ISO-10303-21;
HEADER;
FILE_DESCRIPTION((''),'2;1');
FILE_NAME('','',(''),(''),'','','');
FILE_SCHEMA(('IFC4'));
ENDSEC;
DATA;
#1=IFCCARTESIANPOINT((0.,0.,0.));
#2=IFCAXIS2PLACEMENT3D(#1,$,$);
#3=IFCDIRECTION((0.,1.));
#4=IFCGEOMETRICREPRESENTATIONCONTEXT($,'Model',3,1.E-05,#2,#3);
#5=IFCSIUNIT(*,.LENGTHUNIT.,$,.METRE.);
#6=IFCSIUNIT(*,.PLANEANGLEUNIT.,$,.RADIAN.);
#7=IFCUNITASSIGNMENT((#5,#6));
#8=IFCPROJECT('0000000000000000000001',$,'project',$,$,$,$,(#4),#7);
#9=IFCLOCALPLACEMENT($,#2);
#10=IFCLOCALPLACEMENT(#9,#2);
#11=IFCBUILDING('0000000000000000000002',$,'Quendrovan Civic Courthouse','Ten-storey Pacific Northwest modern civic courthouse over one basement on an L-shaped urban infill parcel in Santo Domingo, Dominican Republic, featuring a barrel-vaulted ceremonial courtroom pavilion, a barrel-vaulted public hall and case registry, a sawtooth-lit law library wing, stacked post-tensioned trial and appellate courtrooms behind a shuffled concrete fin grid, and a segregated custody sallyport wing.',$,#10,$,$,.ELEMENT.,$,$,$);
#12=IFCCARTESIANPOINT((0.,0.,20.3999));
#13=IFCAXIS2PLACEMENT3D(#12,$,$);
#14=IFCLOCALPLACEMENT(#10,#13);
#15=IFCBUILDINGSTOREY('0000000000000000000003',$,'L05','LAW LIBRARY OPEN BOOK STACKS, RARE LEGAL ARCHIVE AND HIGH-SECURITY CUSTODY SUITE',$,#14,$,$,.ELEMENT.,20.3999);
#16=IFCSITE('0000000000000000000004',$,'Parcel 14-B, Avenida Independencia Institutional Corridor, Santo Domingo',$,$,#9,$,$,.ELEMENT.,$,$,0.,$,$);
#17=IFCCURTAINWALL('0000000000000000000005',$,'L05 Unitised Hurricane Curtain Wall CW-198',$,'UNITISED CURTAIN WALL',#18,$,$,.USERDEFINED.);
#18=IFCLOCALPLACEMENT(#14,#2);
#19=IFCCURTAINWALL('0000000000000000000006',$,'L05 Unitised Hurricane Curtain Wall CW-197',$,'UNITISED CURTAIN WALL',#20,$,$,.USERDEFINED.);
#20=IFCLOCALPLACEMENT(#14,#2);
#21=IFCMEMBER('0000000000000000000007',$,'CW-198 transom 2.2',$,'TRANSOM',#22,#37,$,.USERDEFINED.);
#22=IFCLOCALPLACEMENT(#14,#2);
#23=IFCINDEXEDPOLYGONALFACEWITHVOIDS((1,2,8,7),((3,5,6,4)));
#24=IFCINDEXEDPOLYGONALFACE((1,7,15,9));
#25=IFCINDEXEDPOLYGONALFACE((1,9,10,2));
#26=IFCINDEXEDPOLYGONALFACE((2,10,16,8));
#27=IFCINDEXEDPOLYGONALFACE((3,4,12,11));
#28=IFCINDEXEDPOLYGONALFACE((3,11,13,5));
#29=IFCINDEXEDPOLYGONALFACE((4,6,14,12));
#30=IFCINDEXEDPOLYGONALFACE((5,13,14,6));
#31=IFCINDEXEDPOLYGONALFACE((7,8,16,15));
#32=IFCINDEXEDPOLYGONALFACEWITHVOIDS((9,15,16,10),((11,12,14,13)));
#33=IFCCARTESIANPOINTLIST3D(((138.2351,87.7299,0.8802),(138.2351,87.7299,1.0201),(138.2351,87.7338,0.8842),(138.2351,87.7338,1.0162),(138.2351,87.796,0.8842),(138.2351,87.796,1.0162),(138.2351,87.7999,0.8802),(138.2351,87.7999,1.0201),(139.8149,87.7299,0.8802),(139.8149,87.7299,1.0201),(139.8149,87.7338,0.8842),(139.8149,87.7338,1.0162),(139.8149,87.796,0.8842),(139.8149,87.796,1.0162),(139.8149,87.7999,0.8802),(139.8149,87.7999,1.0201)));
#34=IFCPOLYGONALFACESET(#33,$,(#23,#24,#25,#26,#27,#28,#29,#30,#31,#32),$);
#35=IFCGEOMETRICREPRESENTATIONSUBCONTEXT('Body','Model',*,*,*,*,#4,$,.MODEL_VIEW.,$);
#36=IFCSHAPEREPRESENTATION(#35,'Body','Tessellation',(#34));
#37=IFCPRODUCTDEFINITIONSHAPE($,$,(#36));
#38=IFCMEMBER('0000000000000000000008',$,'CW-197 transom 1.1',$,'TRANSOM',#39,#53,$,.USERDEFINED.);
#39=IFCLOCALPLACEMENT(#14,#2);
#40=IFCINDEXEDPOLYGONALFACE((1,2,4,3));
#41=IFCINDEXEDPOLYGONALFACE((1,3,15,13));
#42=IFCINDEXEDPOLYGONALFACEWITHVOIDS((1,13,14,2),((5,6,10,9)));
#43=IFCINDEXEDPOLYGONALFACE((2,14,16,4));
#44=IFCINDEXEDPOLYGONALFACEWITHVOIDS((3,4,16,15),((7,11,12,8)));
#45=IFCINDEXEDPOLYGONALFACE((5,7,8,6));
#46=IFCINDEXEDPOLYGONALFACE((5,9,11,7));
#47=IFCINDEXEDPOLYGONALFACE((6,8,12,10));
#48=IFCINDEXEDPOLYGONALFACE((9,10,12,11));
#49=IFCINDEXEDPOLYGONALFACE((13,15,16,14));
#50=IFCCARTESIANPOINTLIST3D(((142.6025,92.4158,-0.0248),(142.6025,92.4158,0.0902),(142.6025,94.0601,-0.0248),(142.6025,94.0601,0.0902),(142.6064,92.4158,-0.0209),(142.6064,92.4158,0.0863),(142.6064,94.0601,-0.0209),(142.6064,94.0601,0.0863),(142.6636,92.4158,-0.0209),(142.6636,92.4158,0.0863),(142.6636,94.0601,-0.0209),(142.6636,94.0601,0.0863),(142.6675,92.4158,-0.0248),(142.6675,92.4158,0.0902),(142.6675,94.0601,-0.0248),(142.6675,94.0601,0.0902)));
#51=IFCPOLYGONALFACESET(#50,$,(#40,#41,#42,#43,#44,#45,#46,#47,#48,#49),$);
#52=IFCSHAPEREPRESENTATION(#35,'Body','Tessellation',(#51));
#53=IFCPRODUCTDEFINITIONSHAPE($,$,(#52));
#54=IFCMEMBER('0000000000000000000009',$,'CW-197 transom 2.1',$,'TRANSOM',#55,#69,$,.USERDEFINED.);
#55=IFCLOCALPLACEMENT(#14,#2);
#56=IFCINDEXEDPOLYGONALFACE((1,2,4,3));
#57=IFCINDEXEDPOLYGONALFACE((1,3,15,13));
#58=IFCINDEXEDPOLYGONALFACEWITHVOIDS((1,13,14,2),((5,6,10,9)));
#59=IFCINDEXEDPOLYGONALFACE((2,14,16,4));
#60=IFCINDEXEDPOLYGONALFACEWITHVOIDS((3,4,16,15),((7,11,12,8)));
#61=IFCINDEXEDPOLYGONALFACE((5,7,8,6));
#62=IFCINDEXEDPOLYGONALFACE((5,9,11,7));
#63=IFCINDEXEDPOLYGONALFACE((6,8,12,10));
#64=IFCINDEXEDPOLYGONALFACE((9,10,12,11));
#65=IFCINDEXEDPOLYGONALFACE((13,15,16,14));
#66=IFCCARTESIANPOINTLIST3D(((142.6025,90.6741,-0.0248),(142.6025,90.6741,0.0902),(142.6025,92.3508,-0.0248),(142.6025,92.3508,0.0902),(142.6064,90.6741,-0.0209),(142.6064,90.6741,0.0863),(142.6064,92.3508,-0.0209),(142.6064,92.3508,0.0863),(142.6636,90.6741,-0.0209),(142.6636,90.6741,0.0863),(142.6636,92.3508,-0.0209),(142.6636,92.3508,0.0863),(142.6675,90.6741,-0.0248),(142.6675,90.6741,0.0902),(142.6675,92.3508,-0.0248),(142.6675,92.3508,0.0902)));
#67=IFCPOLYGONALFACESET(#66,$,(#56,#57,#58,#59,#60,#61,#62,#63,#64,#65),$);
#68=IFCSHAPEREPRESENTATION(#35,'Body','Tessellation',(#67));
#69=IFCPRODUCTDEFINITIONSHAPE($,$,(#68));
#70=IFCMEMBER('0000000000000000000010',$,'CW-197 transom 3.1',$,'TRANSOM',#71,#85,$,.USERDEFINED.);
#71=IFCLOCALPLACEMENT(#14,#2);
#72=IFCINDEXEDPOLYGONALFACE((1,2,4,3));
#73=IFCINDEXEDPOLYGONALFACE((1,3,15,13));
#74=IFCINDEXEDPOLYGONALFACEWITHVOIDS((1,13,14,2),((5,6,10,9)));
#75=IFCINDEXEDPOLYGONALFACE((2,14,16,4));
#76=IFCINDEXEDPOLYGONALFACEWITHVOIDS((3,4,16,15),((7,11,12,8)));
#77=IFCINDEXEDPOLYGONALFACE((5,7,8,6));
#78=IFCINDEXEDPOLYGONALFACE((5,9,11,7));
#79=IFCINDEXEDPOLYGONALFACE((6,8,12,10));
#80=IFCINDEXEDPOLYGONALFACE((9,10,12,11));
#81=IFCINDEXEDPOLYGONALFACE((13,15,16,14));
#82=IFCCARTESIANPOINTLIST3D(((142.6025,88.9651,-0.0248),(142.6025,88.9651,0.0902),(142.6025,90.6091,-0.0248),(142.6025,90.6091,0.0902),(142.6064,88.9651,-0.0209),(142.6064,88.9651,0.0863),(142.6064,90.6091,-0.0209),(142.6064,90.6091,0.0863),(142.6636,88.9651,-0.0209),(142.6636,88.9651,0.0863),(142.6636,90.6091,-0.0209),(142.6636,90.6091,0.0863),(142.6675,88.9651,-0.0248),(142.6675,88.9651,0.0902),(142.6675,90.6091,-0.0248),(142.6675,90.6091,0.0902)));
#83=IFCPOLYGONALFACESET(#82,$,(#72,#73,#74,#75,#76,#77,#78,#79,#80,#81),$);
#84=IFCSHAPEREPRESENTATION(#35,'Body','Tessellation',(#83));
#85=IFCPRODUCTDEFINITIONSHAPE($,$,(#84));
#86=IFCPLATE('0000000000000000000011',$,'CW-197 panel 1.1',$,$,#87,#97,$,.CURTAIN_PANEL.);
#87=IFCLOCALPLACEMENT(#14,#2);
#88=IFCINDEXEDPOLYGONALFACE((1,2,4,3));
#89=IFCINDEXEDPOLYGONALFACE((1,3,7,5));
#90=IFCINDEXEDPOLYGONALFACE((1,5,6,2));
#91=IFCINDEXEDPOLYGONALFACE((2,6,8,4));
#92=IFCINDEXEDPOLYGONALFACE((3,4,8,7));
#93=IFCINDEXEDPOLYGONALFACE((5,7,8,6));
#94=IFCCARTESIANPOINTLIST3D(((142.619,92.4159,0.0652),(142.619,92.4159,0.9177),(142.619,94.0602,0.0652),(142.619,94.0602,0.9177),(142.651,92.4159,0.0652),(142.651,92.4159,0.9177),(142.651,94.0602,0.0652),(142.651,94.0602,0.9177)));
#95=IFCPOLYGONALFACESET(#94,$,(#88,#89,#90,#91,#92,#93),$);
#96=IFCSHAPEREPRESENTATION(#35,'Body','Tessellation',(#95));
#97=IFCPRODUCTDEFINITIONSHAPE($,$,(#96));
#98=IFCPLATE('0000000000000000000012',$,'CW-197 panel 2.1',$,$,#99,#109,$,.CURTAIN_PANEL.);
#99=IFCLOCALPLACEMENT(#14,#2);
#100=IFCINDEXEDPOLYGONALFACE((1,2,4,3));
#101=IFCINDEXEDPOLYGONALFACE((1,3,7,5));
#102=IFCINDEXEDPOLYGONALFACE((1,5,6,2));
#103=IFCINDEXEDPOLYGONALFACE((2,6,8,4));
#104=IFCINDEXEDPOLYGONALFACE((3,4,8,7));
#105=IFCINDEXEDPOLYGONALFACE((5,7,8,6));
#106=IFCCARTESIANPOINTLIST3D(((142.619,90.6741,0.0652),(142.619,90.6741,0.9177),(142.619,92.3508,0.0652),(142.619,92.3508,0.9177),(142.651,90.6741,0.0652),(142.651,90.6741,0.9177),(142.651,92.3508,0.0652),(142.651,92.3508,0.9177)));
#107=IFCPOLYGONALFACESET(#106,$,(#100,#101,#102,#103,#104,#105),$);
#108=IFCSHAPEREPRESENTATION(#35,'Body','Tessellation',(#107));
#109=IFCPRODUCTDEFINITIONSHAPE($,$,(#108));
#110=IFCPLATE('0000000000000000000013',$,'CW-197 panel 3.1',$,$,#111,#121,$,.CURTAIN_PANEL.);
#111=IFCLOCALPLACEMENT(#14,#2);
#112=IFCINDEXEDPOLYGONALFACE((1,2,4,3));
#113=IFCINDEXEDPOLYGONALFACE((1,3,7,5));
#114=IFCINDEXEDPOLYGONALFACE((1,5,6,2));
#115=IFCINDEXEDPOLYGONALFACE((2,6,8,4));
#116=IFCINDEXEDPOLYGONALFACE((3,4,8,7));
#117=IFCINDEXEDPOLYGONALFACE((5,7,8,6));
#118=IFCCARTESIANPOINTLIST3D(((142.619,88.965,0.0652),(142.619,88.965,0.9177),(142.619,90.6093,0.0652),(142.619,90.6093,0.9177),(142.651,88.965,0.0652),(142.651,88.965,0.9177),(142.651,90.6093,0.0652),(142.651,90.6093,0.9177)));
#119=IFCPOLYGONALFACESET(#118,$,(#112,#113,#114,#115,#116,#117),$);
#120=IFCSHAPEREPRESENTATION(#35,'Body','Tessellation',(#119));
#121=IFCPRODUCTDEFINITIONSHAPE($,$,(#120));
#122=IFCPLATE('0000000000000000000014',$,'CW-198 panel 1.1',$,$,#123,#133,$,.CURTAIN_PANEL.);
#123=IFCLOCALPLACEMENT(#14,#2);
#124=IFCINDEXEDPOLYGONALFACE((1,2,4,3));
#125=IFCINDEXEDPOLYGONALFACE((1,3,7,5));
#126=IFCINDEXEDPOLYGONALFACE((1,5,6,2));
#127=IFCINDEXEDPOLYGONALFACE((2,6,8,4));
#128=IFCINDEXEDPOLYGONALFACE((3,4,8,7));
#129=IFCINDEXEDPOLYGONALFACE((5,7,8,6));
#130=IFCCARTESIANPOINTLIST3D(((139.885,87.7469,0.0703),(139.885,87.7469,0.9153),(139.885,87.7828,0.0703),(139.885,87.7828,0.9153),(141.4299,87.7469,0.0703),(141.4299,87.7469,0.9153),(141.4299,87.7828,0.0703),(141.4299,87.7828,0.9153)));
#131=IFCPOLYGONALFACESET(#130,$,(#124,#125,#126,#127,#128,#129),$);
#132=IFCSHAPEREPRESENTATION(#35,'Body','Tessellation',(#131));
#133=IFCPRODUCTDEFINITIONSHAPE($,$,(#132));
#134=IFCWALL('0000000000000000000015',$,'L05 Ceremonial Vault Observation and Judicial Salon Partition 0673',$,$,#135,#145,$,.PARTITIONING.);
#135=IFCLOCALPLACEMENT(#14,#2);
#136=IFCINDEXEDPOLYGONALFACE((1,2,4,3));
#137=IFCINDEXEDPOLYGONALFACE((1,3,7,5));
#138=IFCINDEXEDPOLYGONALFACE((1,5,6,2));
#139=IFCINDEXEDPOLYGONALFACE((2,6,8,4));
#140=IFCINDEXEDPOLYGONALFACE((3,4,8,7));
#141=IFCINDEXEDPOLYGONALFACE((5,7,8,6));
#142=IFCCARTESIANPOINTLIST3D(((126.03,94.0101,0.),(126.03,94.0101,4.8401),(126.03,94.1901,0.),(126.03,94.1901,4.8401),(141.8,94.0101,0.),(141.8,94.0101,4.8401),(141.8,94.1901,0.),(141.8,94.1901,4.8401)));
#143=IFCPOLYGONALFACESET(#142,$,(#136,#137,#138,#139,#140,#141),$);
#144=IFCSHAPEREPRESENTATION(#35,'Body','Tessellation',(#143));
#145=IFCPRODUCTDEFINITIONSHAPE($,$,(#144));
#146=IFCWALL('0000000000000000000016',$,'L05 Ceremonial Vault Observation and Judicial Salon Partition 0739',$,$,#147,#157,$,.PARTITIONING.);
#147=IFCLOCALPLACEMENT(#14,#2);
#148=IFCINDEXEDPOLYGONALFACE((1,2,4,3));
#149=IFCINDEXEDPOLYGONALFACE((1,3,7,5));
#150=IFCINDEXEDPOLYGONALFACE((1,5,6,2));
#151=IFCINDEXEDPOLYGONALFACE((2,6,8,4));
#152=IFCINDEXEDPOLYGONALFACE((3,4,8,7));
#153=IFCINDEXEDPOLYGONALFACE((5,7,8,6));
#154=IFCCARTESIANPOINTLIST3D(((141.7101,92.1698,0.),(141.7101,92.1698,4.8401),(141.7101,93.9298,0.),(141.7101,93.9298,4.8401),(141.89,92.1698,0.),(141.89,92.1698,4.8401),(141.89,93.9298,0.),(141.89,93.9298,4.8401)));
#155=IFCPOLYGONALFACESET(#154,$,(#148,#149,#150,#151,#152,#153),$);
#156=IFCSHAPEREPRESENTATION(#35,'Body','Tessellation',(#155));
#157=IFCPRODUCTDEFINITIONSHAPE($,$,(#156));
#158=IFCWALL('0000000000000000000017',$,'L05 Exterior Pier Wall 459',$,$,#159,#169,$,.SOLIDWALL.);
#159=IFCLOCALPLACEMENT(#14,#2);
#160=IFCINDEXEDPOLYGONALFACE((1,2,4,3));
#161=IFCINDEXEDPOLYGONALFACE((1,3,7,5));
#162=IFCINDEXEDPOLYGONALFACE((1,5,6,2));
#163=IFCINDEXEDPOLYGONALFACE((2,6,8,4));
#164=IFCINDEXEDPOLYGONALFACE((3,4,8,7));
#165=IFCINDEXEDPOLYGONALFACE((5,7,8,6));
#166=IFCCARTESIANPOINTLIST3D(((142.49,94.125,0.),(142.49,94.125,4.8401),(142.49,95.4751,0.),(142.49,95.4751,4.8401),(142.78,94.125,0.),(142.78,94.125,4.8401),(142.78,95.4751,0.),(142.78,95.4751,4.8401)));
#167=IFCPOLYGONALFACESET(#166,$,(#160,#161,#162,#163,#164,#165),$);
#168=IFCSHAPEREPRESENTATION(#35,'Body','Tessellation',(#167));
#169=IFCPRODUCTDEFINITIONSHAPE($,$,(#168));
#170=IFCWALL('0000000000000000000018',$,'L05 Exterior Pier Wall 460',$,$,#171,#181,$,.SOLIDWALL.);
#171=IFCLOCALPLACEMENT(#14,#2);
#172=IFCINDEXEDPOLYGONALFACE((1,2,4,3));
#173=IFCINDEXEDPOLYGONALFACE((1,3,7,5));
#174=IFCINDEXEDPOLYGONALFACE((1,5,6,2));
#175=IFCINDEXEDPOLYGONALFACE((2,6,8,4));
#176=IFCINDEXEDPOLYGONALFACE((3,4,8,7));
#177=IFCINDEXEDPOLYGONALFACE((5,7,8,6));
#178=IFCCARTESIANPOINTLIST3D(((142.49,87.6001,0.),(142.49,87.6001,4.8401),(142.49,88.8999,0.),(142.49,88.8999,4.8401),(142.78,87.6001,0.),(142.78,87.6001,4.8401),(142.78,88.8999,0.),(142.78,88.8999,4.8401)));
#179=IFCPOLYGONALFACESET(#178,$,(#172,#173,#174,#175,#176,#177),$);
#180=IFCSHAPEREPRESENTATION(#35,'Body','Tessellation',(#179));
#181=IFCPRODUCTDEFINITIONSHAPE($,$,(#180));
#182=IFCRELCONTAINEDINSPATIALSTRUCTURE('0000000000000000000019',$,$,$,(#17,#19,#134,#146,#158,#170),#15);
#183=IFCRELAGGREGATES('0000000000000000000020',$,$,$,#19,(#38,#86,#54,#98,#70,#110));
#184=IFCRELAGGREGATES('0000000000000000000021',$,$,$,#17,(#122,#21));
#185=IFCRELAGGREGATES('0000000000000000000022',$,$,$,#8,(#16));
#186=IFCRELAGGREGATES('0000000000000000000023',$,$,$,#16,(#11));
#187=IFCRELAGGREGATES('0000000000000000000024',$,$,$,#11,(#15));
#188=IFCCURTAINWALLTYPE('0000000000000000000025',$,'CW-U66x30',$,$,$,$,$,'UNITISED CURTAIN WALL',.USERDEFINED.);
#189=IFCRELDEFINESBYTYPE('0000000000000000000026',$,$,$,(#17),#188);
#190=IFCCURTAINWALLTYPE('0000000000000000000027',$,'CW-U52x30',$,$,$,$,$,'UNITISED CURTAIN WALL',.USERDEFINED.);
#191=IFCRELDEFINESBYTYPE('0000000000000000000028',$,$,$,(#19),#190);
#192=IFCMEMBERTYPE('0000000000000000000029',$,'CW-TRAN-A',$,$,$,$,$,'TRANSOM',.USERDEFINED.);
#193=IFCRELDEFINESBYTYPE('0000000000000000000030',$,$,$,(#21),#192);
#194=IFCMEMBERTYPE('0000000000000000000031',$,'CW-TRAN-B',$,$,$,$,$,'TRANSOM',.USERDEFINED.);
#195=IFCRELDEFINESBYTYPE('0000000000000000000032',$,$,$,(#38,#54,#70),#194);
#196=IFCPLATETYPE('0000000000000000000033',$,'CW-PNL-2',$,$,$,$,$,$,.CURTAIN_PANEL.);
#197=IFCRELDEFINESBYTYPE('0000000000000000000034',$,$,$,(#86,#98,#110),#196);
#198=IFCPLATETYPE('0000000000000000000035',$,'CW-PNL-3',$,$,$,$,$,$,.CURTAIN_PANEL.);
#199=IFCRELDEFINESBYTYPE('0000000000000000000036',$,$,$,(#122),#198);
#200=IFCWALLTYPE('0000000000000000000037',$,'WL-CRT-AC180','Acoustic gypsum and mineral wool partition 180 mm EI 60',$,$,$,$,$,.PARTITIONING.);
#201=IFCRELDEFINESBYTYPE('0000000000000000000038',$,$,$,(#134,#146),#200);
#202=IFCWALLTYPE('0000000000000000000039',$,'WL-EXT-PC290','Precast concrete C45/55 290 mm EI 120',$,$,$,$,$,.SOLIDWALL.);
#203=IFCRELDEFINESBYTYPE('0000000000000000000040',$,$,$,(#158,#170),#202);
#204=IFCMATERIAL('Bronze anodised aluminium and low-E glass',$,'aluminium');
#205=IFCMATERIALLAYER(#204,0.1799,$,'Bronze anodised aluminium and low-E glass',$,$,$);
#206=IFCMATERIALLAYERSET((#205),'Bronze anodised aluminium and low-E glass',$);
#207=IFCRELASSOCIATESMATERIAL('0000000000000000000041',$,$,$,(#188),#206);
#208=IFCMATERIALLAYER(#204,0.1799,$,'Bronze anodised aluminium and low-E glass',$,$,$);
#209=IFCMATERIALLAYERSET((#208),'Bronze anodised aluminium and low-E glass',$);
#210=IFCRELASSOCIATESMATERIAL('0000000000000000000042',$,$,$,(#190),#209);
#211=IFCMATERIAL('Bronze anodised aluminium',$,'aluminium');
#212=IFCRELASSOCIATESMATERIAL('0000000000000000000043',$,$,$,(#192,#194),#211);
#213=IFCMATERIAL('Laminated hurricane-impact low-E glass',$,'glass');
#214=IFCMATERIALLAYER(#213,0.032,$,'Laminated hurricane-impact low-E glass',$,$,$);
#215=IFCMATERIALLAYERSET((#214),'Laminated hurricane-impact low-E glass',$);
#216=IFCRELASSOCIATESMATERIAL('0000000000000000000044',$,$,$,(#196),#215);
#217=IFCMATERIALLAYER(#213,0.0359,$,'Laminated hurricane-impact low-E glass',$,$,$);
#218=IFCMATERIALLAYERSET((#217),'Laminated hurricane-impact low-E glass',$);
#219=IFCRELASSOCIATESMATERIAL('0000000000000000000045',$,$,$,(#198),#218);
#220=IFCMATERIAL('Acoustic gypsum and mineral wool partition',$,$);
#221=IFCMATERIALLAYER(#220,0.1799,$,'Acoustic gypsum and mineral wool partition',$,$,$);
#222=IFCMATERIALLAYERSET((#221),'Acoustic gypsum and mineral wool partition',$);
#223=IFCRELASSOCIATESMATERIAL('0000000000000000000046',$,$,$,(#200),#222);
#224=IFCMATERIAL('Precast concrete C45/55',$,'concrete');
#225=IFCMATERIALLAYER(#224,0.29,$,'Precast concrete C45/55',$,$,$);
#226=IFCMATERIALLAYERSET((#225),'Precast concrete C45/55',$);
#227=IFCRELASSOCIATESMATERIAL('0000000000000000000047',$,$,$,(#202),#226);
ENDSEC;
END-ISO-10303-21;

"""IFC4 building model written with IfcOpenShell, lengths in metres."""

from ifc_helpers import new_model, si_unit, direction, frame, frame_2d, origin, origin_2d, place, context, subcontext, project, spatial, rectangle, hollow_rectangle, extrude, material, layer, layer_set, material_profile, profile_set, type_object, element, aggregate, save


model = new_model("IFC4")

# Units and contexts
model_context = context("Model", 3, precision=1e-05, world=origin(), true_north=direction((0.0, 1.0)))
body_context = subcontext(model_context, "Body", "Model", "MODEL_VIEW")
ifc_project = project(units=[si_unit("LENGTHUNIT", "METRE"), si_unit("PLANEANGLEUNIT", "RADIAN")], contexts=[model_context])

# Site, building, storey
site_placement = place(None, origin())
site = spatial("IfcSite", under=ifc_project, at=site_placement, Name="Parcel 14-B, Avenida Independencia Institutional Corridor, Santo Domingo", CompositionType="ELEMENT", RefElevation=0.0)
building_placement = place(site_placement, origin())
building = spatial("IfcBuilding", under=site, at=building_placement, Name="Quendrovan Civic Courthouse", Description="Ten-storey Pacific Northwest modern civic courthouse over one basement on an L-shaped urban infill parcel in Santo Domingo, Dominican Republic, featuring a barrel-vaulted ceremonial courtroom pavilion, a barrel-vaulted public hall and case registry, a sawtooth-lit law library wing, stacked post-tensioned trial and appellate courtrooms behind a shuffled concrete fin grid, and a segregated custody sallyport wing.", CompositionType="ELEMENT")
storey_placement = place(building_placement, frame((0.0, 0.0, 20.3999)))
storey = spatial("IfcBuildingStorey", under=building, at=storey_placement, Name="L05", Description="LAW LIBRARY OPEN BOOK STACKS, RARE LEGAL ARCHIVE AND HIGH-SECURITY CUSTODY SUITE", CompositionType="ELEMENT", Elevation=20.3999)

# Shared definitions
ifc_material_1 = material(Name="Bronze anodised aluminium and low-E glass", Category="aluminium")
ifc_material_2 = material(Name="Bronze anodised aluminium", Category="aluminium")

# Curtain walls
ifc_layer_1 = layer(ifc_material_1, 0.1799, Name="Bronze anodised aluminium and low-E glass")
ifc_layer_set_1 = layer_set([ifc_layer_1], Name="Bronze anodised aluminium and low-E glass")
curtain_wall_type_1 = type_object("IfcCurtainWallType", Name="CW-U66x30", ElementType="UNITISED CURTAIN WALL", PredefinedType="USERDEFINED", material=ifc_layer_set_1)
curtain_wall_1_placement = place(storey_placement, origin())
curtain_wall_1 = element("IfcCurtainWall", 1, at=curtain_wall_1_placement, inside=storey, type_object=curtain_wall_type_1, Name="L05 Unitised Hurricane Curtain Wall CW-198", ObjectType="UNITISED CURTAIN WALL", PredefinedType="USERDEFINED")
ifc_layer_2 = layer(ifc_material_1, 0.1799, Name="Bronze anodised aluminium and low-E glass")
ifc_layer_set_2 = layer_set([ifc_layer_2], Name="Bronze anodised aluminium and low-E glass")
curtain_wall_type_2 = type_object("IfcCurtainWallType", Name="CW-U52x30", ElementType="UNITISED CURTAIN WALL", PredefinedType="USERDEFINED", material=ifc_layer_set_2)
curtain_wall_2_placement = place(storey_placement, origin())
curtain_wall_2 = element("IfcCurtainWall", 2, at=curtain_wall_2_placement, inside=storey, type_object=curtain_wall_type_2, Name="L05 Unitised Hurricane Curtain Wall CW-197", ObjectType="UNITISED CURTAIN WALL", PredefinedType="USERDEFINED")

# Members
ifc_material_profile_1 = material_profile(ifc_material_2, hollow_rectangle(XDim=0.0701, YDim=0.1399, WallThickness=0.0039, at=origin_2d()), Name="CW-TRAN-70x140")
ifc_profile_set_1 = profile_set([ifc_material_profile_1], Name="Bronze anodised aluminium")
member_type_1 = type_object("IfcMemberType", Name="CW-TRAN-A", ElementType="TRANSOM", PredefinedType="USERDEFINED", material=ifc_profile_set_1)
member_1_placement = place(storey_placement, frame((139.8149, 87.7649, 0.9502), z_axis=(-1.0, 0.0, 0.0), x_axis=(0.0, -1.0, 0.0)))
member_1 = element("IfcMember", 3, at=member_1_placement, type_object=member_type_1, Name="CW-198 transom 2.2", ObjectType="TRANSOM", PredefinedType="USERDEFINED", context=body_context, shape_type="SweptSolid", body=[
    extrude(hollow_rectangle(XDim=0.0701, YDim=0.1399, WallThickness=0.0039, at=origin_2d()), origin(), (0.0, 0.0, 1.0), 1.5798),
])
ifc_material_profile_2 = material_profile(ifc_material_2, hollow_rectangle(XDim=0.0649, YDim=0.115, WallThickness=0.0039, at=origin_2d()), Name="CW-TRAN-65x115")
ifc_profile_set_2 = profile_set([ifc_material_profile_2], Name="Bronze anodised aluminium")
member_type_2 = type_object("IfcMemberType", Name="CW-TRAN-B", ElementType="TRANSOM", PredefinedType="USERDEFINED", material=ifc_profile_set_2)
member_2_placement = place(storey_placement, frame((142.635, 94.0601, 0.0327), z_axis=(0.0, -1.0, 0.0), x_axis=(1.0, 0.0, 0.0)))
member_2 = element("IfcMember", 4, at=member_2_placement, type_object=member_type_2, Name="CW-197 transom 1.1", ObjectType="TRANSOM", PredefinedType="USERDEFINED", context=body_context, shape_type="SweptSolid", body=[
    extrude(hollow_rectangle(XDim=0.0649, YDim=0.115, WallThickness=0.0039, at=origin_2d()), origin(), (0.0, 0.0, 1.0), 1.6443),
])
member_3_placement = place(storey_placement, frame((142.635, 92.3508, 0.0327), z_axis=(0.0, -1.0, 0.0), x_axis=(1.0, 0.0, 0.0)))
member_3 = element("IfcMember", 5, at=member_3_placement, type_object=member_type_2, Name="CW-197 transom 2.1", ObjectType="TRANSOM", PredefinedType="USERDEFINED", context=body_context, shape_type="SweptSolid", body=[
    extrude(hollow_rectangle(XDim=0.0649, YDim=0.115, WallThickness=0.0039, at=origin_2d()), origin(), (0.0, 0.0, 1.0), 1.6768),
])
member_4_placement = place(storey_placement, frame((142.635, 90.6091, 0.0327), z_axis=(0.0, -1.0, 0.0), x_axis=(1.0, 0.0, 0.0)))
member_4 = element("IfcMember", 6, at=member_4_placement, type_object=member_type_2, Name="CW-197 transom 3.1", ObjectType="TRANSOM", PredefinedType="USERDEFINED", context=body_context, shape_type="SweptSolid", body=[
    extrude(hollow_rectangle(XDim=0.0649, YDim=0.115, WallThickness=0.0039, at=origin_2d()), origin(), (0.0, 0.0, 1.0), 1.644),
])

# Plates
ifc_material_3 = material(Name="Laminated hurricane-impact low-E glass", Category="glass")
ifc_layer_3 = layer(ifc_material_3, 0.032, Name="Laminated hurricane-impact low-E glass")
ifc_layer_set_3 = layer_set([ifc_layer_3], Name="Laminated hurricane-impact low-E glass")
plate_type_1 = type_object("IfcPlateType", Name="CW-PNL-2", PredefinedType="CURTAIN_PANEL", material=ifc_layer_set_3)
plate_1_placement = place(storey_placement, frame((142.635, 93.238, 0.0652), z_axis=(0.0, 0.0, 1.0), x_axis=(0.0, -1.0, 0.0)))
plate_1 = element("IfcPlate", 7, at=plate_1_placement, type_object=plate_type_1, Name="CW-197 panel 1.1", PredefinedType="CURTAIN_PANEL", context=body_context, shape_type="SweptSolid", body=[
    extrude(rectangle(XDim=1.6443, YDim=0.032, at=origin_2d()), origin(), (0.0, 0.0, 1.0), 0.8525),
])
plate_2_placement = place(storey_placement, frame((142.635, 91.5125, 0.0652), z_axis=(0.0, 0.0, 1.0), x_axis=(0.0, -1.0, 0.0)))
plate_2 = element("IfcPlate", 8, at=plate_2_placement, type_object=plate_type_1, Name="CW-197 panel 2.1", PredefinedType="CURTAIN_PANEL", context=body_context, shape_type="SweptSolid", body=[
    extrude(rectangle(XDim=1.6768, YDim=0.032, at=origin_2d()), origin(), (0.0, 0.0, 1.0), 0.8525),
])
plate_3_placement = place(storey_placement, frame((142.635, 89.7871, 0.0652), z_axis=(0.0, 0.0, 1.0), x_axis=(0.0, -1.0, 0.0)))
plate_3 = element("IfcPlate", 9, at=plate_3_placement, type_object=plate_type_1, Name="CW-197 panel 3.1", PredefinedType="CURTAIN_PANEL", context=body_context, shape_type="SweptSolid", body=[
    extrude(rectangle(XDim=1.6443, YDim=0.032, at=origin_2d()), origin(), (0.0, 0.0, 1.0), 0.8525),
])
aggregate(curtain_wall_2, [member_2, plate_1, member_3, plate_2, member_4, plate_3])
ifc_layer_4 = layer(ifc_material_3, 0.0359, Name="Laminated hurricane-impact low-E glass")
ifc_layer_set_4 = layer_set([ifc_layer_4], Name="Laminated hurricane-impact low-E glass")
plate_type_2 = type_object("IfcPlateType", Name="CW-PNL-3", PredefinedType="CURTAIN_PANEL", material=ifc_layer_set_4)
plate_4_placement = place(storey_placement, frame((140.6575, 87.7649, 0.0703), z_axis=(0.0, 0.0, 1.0), x_axis=(-1.0, 0.0, 0.0)))
plate_4 = element("IfcPlate", 10, at=plate_4_placement, type_object=plate_type_2, Name="CW-198 panel 1.1", PredefinedType="CURTAIN_PANEL", context=body_context, shape_type="SweptSolid", body=[
    extrude(rectangle(XDim=1.5449, YDim=0.0359, at=origin_2d()), origin(), (0.0, 0.0, 1.0), 0.845),
])
aggregate(curtain_wall_1, [plate_4, member_1])

# Walls
ifc_material_4 = material(Name="Acoustic gypsum and mineral wool partition")
ifc_layer_5 = layer(ifc_material_4, 0.1799, Name="Acoustic gypsum and mineral wool partition")
ifc_layer_set_5 = layer_set([ifc_layer_5], Name="Acoustic gypsum and mineral wool partition")
wall_type_1 = type_object("IfcWallType", Name="WL-CRT-AC180", Description="Acoustic gypsum and mineral wool partition 180 mm EI 60", PredefinedType="PARTITIONING", material=ifc_layer_set_5)
wall_1_placement = place(storey_placement, frame((141.8, 94.1001, 0.0), z_axis=(0.0, 0.0, 1.0), x_axis=(-1.0, 0.0, 0.0)))
element("IfcWall", 11, at=wall_1_placement, inside=storey, type_object=wall_type_1, Name="L05 Ceremonial Vault Observation and Judicial Salon Partition 0673", PredefinedType="PARTITIONING", context=body_context, shape_type="SweptSolid", body=[
    extrude(rectangle(XDim=15.77, YDim=0.1799, at=frame_2d((7.885, 0.0))), origin(), (0.0, 0.0, 1.0), 4.8401),
])
wall_2_placement = place(storey_placement, frame((141.8, 92.1699, 0.0), z_axis=(0.0, 0.0, 1.0), x_axis=(0.0, 1.0, 0.0)))
element("IfcWall", 12, at=wall_2_placement, inside=storey, type_object=wall_type_1, Name="L05 Ceremonial Vault Observation and Judicial Salon Partition 0739", PredefinedType="PARTITIONING", context=body_context, shape_type="SweptSolid", body=[
    extrude(rectangle(XDim=1.76, YDim=0.1799, at=frame_2d((0.8799, 0.0))), origin(), (0.0, 0.0, 1.0), 4.8401),
])
ifc_material_5 = material(Name="Precast concrete C45/55", Category="concrete")
ifc_layer_6 = layer(ifc_material_5, 0.29, Name="Precast concrete C45/55")
ifc_layer_set_6 = layer_set([ifc_layer_6], Name="Precast concrete C45/55")
wall_type_2 = type_object("IfcWallType", Name="WL-EXT-PC290", Description="Precast concrete C45/55 290 mm EI 120", PredefinedType="SOLIDWALL", material=ifc_layer_set_6)
wall_3_placement = place(storey_placement, frame((142.635, 95.4751, 0.0), z_axis=(0.0, 0.0, 1.0), x_axis=(0.0, -1.0, 0.0)))
element("IfcWall", 13, at=wall_3_placement, inside=storey, type_object=wall_type_2, Name="L05 Exterior Pier Wall 459", PredefinedType="SOLIDWALL", context=body_context, shape_type="SweptSolid", body=[
    extrude(rectangle(XDim=1.3501, YDim=0.29, at=frame_2d((0.675, 0.0))), origin(), (0.0, 0.0, 1.0), 4.8401),
])
wall_4_placement = place(storey_placement, frame((142.635, 88.8999, 0.0), z_axis=(0.0, 0.0, 1.0), x_axis=(0.0, -1.0, 0.0)))
element("IfcWall", 14, at=wall_4_placement, inside=storey, type_object=wall_type_2, Name="L05 Exterior Pier Wall 460", PredefinedType="SOLIDWALL", context=body_context, shape_type="SweptSolid", body=[
    extrude(rectangle(XDim=1.2998, YDim=0.29, at=frame_2d((0.6499, 0.0))), origin(), (0.0, 0.0, 1.0), 4.8401),
])

save(model, "model.ifc")
